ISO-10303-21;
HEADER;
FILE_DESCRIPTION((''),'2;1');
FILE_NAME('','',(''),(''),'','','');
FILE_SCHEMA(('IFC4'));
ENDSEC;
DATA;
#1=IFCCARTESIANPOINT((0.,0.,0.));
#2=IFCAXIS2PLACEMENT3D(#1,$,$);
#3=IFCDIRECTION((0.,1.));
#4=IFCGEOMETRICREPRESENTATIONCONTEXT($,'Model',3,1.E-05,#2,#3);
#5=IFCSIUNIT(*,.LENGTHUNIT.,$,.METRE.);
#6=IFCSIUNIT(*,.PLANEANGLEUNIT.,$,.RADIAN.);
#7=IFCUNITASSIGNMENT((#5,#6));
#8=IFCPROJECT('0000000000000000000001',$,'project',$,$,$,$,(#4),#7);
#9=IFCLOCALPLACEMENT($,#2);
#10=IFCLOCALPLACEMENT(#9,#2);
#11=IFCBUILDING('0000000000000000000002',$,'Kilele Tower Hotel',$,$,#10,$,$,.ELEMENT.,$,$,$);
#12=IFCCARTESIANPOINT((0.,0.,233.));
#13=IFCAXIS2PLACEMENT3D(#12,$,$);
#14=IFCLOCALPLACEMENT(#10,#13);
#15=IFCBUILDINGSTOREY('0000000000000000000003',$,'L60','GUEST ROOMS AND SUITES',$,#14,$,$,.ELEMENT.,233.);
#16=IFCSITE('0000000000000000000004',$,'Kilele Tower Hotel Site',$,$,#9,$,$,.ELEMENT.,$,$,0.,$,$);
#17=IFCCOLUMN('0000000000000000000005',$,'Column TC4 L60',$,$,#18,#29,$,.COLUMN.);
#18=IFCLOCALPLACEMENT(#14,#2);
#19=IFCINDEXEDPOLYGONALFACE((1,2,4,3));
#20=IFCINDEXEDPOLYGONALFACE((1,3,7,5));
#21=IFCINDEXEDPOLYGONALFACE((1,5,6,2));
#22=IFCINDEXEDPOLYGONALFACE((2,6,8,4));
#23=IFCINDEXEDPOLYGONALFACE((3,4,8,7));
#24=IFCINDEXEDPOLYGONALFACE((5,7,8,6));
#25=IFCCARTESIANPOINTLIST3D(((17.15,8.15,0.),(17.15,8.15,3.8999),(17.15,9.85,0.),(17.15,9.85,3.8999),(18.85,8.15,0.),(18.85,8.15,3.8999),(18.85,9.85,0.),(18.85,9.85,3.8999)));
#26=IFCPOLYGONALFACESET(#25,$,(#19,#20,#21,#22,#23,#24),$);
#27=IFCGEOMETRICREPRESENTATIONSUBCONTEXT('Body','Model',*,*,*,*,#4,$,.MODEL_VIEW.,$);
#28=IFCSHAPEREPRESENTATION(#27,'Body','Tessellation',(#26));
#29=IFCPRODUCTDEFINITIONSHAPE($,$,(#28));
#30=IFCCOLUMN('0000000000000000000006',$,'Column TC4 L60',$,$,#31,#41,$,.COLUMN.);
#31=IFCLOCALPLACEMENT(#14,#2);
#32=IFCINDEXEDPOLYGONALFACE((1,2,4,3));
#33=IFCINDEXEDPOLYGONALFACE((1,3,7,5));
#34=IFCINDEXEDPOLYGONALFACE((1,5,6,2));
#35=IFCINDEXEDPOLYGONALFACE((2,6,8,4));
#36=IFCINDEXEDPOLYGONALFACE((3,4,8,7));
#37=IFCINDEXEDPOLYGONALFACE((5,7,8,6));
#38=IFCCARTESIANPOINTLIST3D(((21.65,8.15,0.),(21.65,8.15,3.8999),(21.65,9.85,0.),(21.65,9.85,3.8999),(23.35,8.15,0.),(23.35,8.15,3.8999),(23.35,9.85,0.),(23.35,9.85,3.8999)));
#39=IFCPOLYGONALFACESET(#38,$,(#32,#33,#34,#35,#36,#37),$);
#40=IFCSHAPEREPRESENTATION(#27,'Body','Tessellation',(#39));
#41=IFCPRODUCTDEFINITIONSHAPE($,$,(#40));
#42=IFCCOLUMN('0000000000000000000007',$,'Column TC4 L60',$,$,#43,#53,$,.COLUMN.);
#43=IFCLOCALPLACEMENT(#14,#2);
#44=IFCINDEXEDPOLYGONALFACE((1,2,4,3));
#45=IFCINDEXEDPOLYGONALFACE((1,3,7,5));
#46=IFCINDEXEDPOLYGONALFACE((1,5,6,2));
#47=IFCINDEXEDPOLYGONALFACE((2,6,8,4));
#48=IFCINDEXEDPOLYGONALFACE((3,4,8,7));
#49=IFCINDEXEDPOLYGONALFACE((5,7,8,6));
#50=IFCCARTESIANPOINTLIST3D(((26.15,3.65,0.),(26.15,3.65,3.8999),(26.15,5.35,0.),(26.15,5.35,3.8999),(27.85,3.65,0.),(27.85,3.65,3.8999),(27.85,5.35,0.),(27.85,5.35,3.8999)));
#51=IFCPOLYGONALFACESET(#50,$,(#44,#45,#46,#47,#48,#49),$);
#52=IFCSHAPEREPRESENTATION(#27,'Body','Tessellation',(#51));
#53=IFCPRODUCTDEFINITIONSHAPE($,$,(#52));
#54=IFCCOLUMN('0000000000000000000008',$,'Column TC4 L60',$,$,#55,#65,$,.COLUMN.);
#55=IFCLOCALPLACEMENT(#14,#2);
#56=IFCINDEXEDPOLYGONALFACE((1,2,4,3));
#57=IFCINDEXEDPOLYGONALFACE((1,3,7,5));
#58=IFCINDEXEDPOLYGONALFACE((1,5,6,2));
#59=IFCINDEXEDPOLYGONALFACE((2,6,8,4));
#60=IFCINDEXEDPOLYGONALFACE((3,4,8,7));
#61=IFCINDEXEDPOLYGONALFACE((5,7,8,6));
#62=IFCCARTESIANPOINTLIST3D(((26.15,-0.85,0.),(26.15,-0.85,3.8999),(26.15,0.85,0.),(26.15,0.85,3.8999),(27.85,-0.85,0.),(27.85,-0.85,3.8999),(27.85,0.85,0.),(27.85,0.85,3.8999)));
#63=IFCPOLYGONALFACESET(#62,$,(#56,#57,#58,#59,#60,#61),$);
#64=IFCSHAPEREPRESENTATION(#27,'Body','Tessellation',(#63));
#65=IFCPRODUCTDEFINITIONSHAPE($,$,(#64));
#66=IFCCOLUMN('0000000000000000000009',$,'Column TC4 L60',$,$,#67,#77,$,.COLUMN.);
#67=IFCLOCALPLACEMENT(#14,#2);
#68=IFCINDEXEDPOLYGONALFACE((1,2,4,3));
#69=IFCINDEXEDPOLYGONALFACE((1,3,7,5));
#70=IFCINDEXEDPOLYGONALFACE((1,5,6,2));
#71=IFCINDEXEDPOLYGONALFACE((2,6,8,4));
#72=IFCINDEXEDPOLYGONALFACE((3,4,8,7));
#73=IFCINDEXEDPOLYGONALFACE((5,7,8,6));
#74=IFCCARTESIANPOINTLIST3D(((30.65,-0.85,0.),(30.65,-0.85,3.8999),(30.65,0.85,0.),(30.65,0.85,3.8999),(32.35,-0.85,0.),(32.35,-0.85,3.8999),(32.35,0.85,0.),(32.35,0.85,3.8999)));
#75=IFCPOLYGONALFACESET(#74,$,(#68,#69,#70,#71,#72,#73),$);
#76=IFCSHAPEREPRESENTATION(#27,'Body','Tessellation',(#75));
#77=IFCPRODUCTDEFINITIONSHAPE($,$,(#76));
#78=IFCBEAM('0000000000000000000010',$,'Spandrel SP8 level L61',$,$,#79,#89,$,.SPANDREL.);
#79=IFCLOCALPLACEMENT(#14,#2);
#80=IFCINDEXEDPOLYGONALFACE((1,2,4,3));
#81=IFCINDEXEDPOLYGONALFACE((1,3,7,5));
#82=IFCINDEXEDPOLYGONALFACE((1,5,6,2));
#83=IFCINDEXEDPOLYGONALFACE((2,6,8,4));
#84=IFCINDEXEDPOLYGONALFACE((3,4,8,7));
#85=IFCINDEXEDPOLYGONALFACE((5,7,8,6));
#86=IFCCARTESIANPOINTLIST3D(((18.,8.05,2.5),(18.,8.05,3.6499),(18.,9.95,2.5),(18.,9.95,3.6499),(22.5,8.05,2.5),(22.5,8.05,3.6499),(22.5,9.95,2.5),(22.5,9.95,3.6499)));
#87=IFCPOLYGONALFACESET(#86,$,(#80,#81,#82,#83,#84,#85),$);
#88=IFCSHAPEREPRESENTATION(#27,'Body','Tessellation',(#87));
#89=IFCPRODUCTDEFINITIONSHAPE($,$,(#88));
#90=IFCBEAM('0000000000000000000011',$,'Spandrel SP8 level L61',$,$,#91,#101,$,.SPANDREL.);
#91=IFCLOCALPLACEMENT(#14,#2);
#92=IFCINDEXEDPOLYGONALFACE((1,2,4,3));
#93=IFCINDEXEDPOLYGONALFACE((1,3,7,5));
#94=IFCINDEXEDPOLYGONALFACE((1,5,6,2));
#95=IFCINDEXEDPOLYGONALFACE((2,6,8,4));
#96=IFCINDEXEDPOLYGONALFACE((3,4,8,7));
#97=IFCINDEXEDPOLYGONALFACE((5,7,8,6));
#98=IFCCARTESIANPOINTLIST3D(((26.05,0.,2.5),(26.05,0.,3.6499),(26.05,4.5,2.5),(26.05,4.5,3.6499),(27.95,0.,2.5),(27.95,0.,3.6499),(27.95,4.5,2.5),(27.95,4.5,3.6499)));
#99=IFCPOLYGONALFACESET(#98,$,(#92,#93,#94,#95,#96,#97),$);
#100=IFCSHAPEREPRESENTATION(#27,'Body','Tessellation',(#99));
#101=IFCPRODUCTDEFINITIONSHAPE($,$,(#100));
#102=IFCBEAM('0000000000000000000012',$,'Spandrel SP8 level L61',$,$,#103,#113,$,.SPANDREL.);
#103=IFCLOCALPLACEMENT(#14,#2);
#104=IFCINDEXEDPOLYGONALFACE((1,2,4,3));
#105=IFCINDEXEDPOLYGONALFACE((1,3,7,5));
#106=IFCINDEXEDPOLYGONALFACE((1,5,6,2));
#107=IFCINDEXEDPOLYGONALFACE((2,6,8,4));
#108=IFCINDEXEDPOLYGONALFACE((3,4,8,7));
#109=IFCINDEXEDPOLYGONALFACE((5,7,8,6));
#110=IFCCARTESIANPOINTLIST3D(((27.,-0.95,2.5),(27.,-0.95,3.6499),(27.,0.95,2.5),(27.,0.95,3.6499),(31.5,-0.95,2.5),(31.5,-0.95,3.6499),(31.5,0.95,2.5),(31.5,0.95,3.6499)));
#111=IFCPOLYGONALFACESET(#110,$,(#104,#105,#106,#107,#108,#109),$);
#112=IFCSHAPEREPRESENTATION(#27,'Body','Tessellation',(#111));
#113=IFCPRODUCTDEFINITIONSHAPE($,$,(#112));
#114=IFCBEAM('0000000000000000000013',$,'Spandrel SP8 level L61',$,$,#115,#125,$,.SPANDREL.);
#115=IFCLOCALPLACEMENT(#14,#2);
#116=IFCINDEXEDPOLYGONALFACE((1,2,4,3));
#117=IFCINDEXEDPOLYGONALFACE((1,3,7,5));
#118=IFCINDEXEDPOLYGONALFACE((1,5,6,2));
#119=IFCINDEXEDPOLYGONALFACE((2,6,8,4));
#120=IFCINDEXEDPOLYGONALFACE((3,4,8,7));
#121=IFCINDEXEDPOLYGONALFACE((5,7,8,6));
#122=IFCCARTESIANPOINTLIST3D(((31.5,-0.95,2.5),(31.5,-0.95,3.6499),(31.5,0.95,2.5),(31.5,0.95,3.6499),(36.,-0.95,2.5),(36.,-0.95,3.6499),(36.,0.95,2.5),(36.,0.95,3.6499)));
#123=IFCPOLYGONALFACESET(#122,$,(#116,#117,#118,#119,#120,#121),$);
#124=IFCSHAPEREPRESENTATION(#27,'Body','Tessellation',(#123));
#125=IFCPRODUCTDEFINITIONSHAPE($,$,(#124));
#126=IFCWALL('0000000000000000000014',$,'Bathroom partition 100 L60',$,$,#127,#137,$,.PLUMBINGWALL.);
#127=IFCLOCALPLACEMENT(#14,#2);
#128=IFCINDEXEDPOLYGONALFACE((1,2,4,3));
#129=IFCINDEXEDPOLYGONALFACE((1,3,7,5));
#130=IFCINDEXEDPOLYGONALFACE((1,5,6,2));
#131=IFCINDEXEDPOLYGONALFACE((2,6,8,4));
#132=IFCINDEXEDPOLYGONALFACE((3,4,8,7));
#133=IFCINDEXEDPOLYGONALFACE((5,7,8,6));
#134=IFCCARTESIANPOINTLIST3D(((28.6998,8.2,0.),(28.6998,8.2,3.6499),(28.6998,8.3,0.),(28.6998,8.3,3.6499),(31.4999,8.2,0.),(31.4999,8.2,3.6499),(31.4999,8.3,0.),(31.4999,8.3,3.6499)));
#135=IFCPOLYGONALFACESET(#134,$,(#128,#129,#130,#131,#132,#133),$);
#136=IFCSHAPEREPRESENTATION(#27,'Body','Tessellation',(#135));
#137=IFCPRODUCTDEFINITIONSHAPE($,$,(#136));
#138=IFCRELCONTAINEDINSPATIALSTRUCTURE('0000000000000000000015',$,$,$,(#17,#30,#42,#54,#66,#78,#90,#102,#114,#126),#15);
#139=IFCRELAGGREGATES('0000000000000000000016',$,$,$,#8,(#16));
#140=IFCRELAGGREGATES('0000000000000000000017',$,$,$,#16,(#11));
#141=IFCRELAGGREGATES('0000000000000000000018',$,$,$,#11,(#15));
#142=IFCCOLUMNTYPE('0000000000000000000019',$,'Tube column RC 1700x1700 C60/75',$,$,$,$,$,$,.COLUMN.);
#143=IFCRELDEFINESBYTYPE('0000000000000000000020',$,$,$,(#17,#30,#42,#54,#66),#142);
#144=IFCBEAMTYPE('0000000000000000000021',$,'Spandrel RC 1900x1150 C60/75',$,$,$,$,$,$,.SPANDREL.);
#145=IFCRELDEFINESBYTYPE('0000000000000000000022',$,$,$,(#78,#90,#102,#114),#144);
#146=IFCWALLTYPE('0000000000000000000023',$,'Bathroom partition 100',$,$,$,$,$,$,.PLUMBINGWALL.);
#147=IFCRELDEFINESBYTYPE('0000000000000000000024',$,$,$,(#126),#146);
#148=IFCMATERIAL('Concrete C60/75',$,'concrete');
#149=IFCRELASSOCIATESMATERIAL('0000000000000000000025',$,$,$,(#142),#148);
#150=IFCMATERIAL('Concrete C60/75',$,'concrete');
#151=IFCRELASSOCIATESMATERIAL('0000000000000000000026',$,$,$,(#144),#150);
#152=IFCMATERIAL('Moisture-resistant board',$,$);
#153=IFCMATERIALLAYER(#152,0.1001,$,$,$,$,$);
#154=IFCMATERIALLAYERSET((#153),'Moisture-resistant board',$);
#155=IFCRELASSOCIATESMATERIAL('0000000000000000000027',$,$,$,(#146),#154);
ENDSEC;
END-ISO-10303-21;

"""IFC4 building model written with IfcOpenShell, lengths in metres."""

from ifc_helpers import new_model, si_unit, direction, frame, frame_2d, origin, origin_2d, place, context, subcontext, project, spatial, rectangle, extrude, material, layer, layer_set, material_profile, profile_set, type_object, element, save


model = new_model("IFC4")

# Units and contexts
model_context = context("Model", 3, precision=1e-05, world=origin(), true_north=direction((0.0, 1.0)))
body_context = subcontext(model_context, "Body", "Model", "MODEL_VIEW")
ifc_project = project(units=[si_unit("LENGTHUNIT", "METRE"), si_unit("PLANEANGLEUNIT", "RADIAN")], contexts=[model_context])

# Site, building, storey
site_placement = place(None, origin())
site = spatial("IfcSite", under=ifc_project, at=site_placement, Name="Kilele Tower Hotel Site", CompositionType="ELEMENT", RefElevation=0.0)
building_placement = place(site_placement, origin())
building = spatial("IfcBuilding", under=site, at=building_placement, Name="Kilele Tower Hotel", CompositionType="ELEMENT")
storey_placement = place(building_placement, frame((0.0, 0.0, 233.0)))
storey = spatial("IfcBuildingStorey", under=building, at=storey_placement, Name="L60", Description="GUEST ROOMS AND SUITES", CompositionType="ELEMENT", Elevation=233.0)

# Columns
ifc_material_1 = material(Name="Concrete C60/75", Category="concrete")
ifc_material_profile_1 = material_profile(ifc_material_1, rectangle(XDim=1.7, YDim=1.7, at=origin_2d()))
ifc_profile_set_1 = profile_set([ifc_material_profile_1], Name="Concrete C60/75")
column_type = type_object("IfcColumnType", Name="Tube column RC 1700x1700 C60/75", PredefinedType="COLUMN", material=ifc_profile_set_1)
for number, where, z_axis, x_axis, name in (
    (1, (18.0, 9.0, 0.0), (0.0, 0.0, 1.0), (1.0, 0.0, 0.0), "Column TC4 L60"),
    (2, (22.5, 9.0, 0.0), (0.0, 0.0, 1.0), (1.0, 0.0, 0.0), "Column TC4 L60"),
    (3, (27.0, 4.5, 0.0), (0.0, 0.0, 1.0), (1.0, 0.0, 0.0), "Column TC4 L60"),
    (4, (27.0, 0.0, 0.0), (0.0, 0.0, 1.0), (1.0, 0.0, 0.0), "Column TC4 L60"),
    (5, (31.5, 0.0, 0.0), (0.0, 0.0, 1.0), (1.0, 0.0, 0.0), "Column TC4 L60"),
):
    element("IfcColumn", number, at=place(storey_placement, frame(where, z_axis=z_axis, x_axis=x_axis)), inside=storey, type_object=column_type, Name=name, PredefinedType="COLUMN", context=body_context, shape_type="SweptSolid", body=[
        extrude(rectangle(XDim=1.7, YDim=1.7, at=origin_2d()), origin(), (0.0, 0.0, 1.0), 3.8999),
    ])

# Beams
ifc_material_2 = material(Name="Concrete C60/75", Category="concrete")
ifc_material_profile_2 = material_profile(ifc_material_2, rectangle(XDim=1.8999, YDim=1.1499, at=origin_2d()))
ifc_profile_set_2 = profile_set([ifc_material_profile_2], Name="Concrete C60/75")
beam_type = type_object("IfcBeamType", Name="Spandrel RC 1900x1150 C60/75", PredefinedType="SPANDREL", material=ifc_profile_set_2)
for number, where, z_axis, x_axis, name in (
    (6, (18.0, 9.0, 3.075), (1.0, 0.0, 0.0), (0.0, 1.0, 0.0), "Spandrel SP8 level L61"),
    (7, (27.0, 4.5, 3.075), (0.0, -1.0, 0.0), (1.0, 0.0, 0.0), "Spandrel SP8 level L61"),
    (8, (27.0, 0.0, 3.075), (1.0, 0.0, 0.0), (0.0, 1.0, 0.0), "Spandrel SP8 level L61"),
    (9, (31.5, 0.0, 3.075), (1.0, 0.0, 0.0), (0.0, 1.0, 0.0), "Spandrel SP8 level L61"),
):
    element("IfcBeam", number, at=place(storey_placement, frame(where, z_axis=z_axis, x_axis=x_axis)), inside=storey, type_object=beam_type, Name=name, PredefinedType="SPANDREL", context=body_context, shape_type="SweptSolid", body=[
        extrude(rectangle(XDim=1.8999, YDim=1.1499, at=origin_2d()), origin(), (0.0, 0.0, 1.0), 4.5),
    ])

# Wall
ifc_material_3 = material(Name="Moisture-resistant board")
ifc_layer_1 = layer(ifc_material_3, 0.1001)
ifc_layer_set_1 = layer_set([ifc_layer_1], Name="Moisture-resistant board")
wall_type_1 = type_object("IfcWallType", Name="Bathroom partition 100", PredefinedType="PLUMBINGWALL", material=ifc_layer_set_1)
wall_1_placement = place(storey_placement, frame((28.7, 8.25, 0.0), z_axis=(0.0, 0.0, 1.0), x_axis=(1.0, 0.0, 0.0)))
element("IfcWall", 10, at=wall_1_placement, inside=storey, type_object=wall_type_1, Name="Bathroom partition 100 L60", PredefinedType="PLUMBINGWALL", context=body_context, shape_type="SweptSolid", body=[
    extrude(rectangle(XDim=2.8, YDim=0.1001, at=frame_2d((1.3999, 0.0))), origin(), (0.0, 0.0, 1.0), 3.6499),
])

save(model, "model.ifc")
